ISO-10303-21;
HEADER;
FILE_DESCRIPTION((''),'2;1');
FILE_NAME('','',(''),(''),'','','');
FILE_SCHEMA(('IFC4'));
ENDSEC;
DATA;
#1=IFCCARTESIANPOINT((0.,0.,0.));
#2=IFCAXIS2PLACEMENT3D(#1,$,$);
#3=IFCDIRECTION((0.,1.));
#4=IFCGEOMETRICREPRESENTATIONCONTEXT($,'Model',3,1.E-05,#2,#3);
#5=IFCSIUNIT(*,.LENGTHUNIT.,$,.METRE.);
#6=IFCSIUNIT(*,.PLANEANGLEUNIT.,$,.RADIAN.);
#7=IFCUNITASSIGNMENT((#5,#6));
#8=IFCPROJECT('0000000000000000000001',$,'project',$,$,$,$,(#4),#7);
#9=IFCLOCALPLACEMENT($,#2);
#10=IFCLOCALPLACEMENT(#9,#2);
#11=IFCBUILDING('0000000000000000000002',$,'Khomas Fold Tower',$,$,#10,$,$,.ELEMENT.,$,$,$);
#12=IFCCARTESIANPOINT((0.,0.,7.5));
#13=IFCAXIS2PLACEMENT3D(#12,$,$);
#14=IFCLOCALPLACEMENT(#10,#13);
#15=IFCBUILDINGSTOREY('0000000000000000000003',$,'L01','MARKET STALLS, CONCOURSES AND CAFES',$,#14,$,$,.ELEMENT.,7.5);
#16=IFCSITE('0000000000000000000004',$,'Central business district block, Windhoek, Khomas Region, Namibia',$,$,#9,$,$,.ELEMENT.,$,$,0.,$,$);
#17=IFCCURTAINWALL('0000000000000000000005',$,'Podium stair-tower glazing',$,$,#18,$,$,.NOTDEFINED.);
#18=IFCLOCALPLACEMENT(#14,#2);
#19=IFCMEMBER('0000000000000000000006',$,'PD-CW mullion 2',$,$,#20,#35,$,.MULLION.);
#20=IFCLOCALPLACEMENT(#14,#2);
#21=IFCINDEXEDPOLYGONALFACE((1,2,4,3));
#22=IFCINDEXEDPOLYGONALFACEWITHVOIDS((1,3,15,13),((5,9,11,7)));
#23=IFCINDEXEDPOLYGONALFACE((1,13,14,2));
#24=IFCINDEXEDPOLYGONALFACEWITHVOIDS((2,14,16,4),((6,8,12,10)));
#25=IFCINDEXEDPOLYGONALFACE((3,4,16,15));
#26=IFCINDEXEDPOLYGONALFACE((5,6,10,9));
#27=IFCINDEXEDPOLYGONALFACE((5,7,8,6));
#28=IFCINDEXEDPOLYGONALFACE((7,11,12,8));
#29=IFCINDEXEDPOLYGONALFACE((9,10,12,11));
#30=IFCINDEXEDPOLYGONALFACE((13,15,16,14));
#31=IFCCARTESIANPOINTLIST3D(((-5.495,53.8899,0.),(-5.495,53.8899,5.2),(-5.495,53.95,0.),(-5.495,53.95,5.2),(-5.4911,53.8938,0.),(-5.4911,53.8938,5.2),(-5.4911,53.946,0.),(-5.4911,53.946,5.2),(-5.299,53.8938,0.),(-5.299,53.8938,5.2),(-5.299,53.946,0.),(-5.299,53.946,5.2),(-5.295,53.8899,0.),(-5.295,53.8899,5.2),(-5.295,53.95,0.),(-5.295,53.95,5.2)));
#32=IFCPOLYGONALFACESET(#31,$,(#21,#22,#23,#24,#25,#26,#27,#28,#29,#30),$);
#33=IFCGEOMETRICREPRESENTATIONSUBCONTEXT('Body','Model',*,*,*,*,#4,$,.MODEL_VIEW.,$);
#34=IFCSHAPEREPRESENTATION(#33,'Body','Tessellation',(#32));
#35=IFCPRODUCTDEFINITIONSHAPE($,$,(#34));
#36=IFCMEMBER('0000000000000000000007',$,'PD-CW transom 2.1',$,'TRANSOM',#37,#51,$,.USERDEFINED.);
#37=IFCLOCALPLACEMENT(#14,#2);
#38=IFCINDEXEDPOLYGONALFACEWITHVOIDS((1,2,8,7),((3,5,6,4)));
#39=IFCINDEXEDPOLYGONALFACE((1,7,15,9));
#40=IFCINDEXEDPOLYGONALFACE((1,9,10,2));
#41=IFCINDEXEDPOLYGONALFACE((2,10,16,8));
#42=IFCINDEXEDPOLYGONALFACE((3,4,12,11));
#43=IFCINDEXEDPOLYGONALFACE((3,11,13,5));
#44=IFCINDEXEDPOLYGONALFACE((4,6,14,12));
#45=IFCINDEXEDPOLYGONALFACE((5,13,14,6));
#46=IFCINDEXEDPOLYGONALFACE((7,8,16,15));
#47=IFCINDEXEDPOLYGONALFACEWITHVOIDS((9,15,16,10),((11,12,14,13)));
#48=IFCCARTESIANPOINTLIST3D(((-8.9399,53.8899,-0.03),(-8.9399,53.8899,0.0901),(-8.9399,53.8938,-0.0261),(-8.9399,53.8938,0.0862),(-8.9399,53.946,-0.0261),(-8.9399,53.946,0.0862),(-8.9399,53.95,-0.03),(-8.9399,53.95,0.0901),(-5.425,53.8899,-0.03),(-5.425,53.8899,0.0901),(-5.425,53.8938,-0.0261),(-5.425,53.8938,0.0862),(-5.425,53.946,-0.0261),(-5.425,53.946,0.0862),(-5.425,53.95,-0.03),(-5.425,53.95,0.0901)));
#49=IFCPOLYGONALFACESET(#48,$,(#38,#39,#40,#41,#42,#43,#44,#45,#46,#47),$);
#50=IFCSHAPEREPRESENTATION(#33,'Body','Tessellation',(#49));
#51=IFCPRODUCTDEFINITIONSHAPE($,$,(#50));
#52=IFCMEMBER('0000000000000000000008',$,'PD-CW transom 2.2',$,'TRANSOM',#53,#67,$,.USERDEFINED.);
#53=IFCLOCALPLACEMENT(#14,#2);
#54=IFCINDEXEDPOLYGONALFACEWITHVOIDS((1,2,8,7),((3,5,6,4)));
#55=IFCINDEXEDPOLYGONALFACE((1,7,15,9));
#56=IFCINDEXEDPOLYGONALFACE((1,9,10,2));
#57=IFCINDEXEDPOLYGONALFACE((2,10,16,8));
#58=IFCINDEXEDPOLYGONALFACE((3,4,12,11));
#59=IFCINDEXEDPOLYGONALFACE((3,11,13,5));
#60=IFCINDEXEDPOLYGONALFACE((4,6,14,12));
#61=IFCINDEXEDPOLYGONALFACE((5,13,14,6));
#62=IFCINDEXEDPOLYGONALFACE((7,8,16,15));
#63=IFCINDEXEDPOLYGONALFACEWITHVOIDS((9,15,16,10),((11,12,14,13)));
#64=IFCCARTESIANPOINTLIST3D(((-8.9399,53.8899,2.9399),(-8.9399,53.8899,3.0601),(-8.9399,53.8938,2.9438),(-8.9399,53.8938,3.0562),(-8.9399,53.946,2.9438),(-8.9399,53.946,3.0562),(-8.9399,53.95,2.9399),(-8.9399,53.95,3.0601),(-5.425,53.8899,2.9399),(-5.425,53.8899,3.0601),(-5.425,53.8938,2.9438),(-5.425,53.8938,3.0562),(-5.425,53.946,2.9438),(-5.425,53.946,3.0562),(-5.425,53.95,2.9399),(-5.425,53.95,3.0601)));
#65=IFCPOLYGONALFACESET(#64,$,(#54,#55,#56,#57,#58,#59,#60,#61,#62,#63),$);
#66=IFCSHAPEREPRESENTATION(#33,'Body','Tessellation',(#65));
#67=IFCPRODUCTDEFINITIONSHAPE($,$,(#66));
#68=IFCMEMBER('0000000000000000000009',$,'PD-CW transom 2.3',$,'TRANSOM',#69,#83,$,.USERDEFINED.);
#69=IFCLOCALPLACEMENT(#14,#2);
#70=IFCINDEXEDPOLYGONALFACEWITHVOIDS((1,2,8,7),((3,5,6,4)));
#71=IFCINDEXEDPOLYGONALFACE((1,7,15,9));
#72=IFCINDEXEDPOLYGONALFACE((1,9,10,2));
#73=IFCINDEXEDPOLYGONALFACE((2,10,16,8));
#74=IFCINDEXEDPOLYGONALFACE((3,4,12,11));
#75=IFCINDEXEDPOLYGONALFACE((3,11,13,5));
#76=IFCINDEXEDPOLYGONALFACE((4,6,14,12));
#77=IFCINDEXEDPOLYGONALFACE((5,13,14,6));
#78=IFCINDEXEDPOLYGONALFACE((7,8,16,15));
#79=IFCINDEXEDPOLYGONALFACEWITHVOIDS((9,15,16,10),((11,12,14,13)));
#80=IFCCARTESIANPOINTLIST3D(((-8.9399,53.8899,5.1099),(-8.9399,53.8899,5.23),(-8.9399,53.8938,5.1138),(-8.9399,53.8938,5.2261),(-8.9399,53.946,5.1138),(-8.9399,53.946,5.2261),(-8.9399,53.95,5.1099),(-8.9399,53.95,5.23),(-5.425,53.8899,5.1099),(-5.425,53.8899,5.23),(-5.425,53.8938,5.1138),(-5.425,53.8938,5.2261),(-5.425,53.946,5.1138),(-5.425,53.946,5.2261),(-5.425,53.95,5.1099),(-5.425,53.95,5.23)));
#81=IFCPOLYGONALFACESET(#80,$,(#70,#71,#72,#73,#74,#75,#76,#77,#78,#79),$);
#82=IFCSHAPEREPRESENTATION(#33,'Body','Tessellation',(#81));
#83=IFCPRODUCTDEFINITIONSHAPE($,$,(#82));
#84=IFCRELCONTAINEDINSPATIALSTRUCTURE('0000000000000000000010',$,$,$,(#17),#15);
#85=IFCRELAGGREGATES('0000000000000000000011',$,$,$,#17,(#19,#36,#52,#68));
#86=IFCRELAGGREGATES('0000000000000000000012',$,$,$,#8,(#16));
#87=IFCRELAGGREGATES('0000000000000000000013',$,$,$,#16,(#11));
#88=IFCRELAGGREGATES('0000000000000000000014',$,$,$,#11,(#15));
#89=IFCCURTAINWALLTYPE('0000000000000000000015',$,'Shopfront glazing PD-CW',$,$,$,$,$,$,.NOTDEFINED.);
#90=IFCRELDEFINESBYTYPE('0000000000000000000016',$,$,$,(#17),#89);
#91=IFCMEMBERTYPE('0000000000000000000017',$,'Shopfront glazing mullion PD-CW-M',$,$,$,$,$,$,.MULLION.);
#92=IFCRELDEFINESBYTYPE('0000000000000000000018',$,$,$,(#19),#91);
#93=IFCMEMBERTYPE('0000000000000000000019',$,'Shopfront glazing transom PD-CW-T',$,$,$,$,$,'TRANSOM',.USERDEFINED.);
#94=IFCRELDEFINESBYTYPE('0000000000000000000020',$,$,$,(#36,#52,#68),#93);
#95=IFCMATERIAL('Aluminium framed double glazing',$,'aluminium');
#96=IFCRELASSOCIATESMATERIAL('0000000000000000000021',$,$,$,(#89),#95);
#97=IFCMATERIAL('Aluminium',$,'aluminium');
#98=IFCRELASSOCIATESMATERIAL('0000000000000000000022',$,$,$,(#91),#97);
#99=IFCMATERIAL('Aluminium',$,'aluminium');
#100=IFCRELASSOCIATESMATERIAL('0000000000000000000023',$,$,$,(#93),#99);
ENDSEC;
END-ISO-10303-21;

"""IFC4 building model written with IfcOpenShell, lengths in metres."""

from ifc_helpers import new_model, si_unit, direction, frame, origin, origin_2d, place, context, subcontext, project, spatial, hollow_rectangle, extrude, source, transform, mapped, material, material_profile, profile_set, type_object, element, aggregate, save


model = new_model("IFC4")

# Units and contexts
model_context = context("Model", 3, precision=1e-05, world=origin(), true_north=direction((0.0, 1.0)))
body_context = subcontext(model_context, "Body", "Model", "MODEL_VIEW")
ifc_project = project(units=[si_unit("LENGTHUNIT", "METRE"), si_unit("PLANEANGLEUNIT", "RADIAN")], contexts=[model_context])

# Site, building, storey
site_placement = place(None, origin())
site = spatial("IfcSite", under=ifc_project, at=site_placement, Name="Central business district block, Windhoek, Khomas Region, Namibia", CompositionType="ELEMENT", RefElevation=0.0)
building_placement = place(site_placement, origin())
building = spatial("IfcBuilding", under=site, at=building_placement, Name="Khomas Fold Tower", CompositionType="ELEMENT")
storey_placement = place(building_placement, frame((0.0, 0.0, 7.5)))
storey = spatial("IfcBuildingStorey", under=building, at=storey_placement, Name="L01", Description="MARKET STALLS, CONCOURSES AND CAFES", CompositionType="ELEMENT", Elevation=7.5)

# Curtain wall, members
ifc_material_1 = material(Name="Aluminium framed double glazing", Category="aluminium")
curtain_wall_type = type_object("IfcCurtainWallType", Name="Shopfront glazing PD-CW", PredefinedType="NOTDEFINED", material=ifc_material_1)
curtain_wall_placement = place(storey_placement, origin())
curtain_wall = element("IfcCurtainWall", 1, at=curtain_wall_placement, inside=storey, type_object=curtain_wall_type, Name="Podium stair-tower glazing", PredefinedType="NOTDEFINED")
ifc_material_2 = material(Name="Aluminium", Category="aluminium")
ifc_material_profile_1 = material_profile(ifc_material_2, hollow_rectangle(XDim=0.0601, YDim=0.2, WallThickness=0.0039, at=origin_2d()), Name="Shopfront glazing mullion PD-CW-M")
ifc_profile_set_1 = profile_set([ifc_material_profile_1], Name="Aluminium")
member_type_1 = type_object("IfcMemberType", Name="Shopfront glazing mullion PD-CW-M", PredefinedType="MULLION", material=ifc_profile_set_1)
shared_shape_1 = source(origin(), body_context, "Body", "SweptSolid", [
    extrude(hollow_rectangle(XDim=0.0601, YDim=0.2, WallThickness=0.0039, at=origin_2d()), origin(), (0.0, 0.0, 1.0), 5.2),
])
member_1_placement = place(storey_placement, frame((-5.395, 53.9199, 0.0), z_axis=(0.0, 0.0, 1.0), x_axis=(0.0, -1.0, 0.0)))
member_1 = element("IfcMember", 2, at=member_1_placement, type_object=member_type_1, Name="PD-CW mullion 2", PredefinedType="MULLION", context=body_context, shape_type="MappedRepresentation", body=[
    mapped(shared_shape_1, transform((0.0, 0.0, 0.0))),
])
ifc_material_3 = material(Name="Aluminium", Category="aluminium")
ifc_material_profile_2 = material_profile(ifc_material_3, hollow_rectangle(XDim=0.0601, YDim=0.1201, WallThickness=0.0039, at=origin_2d()), Name="Shopfront glazing transom PD-CW-T")
ifc_profile_set_2 = profile_set([ifc_material_profile_2], Name="Aluminium")
member_type_2 = type_object("IfcMemberType", Name="Shopfront glazing transom PD-CW-T", ElementType="TRANSOM", PredefinedType="USERDEFINED", material=ifc_profile_set_2)
shared_shape_2 = source(origin(), body_context, "Body", "SweptSolid", [
    extrude(hollow_rectangle(XDim=0.0601, YDim=0.1201, WallThickness=0.0039, at=origin_2d()), origin(), (0.0, 0.0, 1.0), 3.5149),
])
member_2_placement = place(storey_placement, frame((-5.425, 53.9199, 0.03), z_axis=(-1.0, 0.0, 0.0), x_axis=(0.0, -1.0, 0.0)))
member_2 = element("IfcMember", 3, at=member_2_placement, type_object=member_type_2, Name="PD-CW transom 2.1", ObjectType="TRANSOM", PredefinedType="USERDEFINED", context=body_context, shape_type="MappedRepresentation", body=[
    mapped(shared_shape_2, transform((0.0, 0.0, 0.0))),
])
member_3_placement = place(storey_placement, frame((-5.425, 53.9199, 3.0), z_axis=(-1.0, 0.0, 0.0), x_axis=(0.0, -1.0, 0.0)))
member_3 = element("IfcMember", 4, at=member_3_placement, type_object=member_type_2, Name="PD-CW transom 2.2", ObjectType="TRANSOM", PredefinedType="USERDEFINED", context=body_context, shape_type="MappedRepresentation", body=[
    mapped(shared_shape_2, transform((0.0, 0.0, 0.0))),
])
member_4_placement = place(storey_placement, frame((-5.425, 53.9199, 5.1699), z_axis=(-1.0, 0.0, 0.0), x_axis=(0.0, -1.0, 0.0)))
member_4 = element("IfcMember", 5, at=member_4_placement, type_object=member_type_2, Name="PD-CW transom 2.3", ObjectType="TRANSOM", PredefinedType="USERDEFINED", context=body_context, shape_type="MappedRepresentation", body=[
    mapped(shared_shape_2, transform((0.0, 0.0, 0.0))),
])
aggregate(curtain_wall, [member_1, member_2, member_3, member_4])

save(model, "model.ifc")
